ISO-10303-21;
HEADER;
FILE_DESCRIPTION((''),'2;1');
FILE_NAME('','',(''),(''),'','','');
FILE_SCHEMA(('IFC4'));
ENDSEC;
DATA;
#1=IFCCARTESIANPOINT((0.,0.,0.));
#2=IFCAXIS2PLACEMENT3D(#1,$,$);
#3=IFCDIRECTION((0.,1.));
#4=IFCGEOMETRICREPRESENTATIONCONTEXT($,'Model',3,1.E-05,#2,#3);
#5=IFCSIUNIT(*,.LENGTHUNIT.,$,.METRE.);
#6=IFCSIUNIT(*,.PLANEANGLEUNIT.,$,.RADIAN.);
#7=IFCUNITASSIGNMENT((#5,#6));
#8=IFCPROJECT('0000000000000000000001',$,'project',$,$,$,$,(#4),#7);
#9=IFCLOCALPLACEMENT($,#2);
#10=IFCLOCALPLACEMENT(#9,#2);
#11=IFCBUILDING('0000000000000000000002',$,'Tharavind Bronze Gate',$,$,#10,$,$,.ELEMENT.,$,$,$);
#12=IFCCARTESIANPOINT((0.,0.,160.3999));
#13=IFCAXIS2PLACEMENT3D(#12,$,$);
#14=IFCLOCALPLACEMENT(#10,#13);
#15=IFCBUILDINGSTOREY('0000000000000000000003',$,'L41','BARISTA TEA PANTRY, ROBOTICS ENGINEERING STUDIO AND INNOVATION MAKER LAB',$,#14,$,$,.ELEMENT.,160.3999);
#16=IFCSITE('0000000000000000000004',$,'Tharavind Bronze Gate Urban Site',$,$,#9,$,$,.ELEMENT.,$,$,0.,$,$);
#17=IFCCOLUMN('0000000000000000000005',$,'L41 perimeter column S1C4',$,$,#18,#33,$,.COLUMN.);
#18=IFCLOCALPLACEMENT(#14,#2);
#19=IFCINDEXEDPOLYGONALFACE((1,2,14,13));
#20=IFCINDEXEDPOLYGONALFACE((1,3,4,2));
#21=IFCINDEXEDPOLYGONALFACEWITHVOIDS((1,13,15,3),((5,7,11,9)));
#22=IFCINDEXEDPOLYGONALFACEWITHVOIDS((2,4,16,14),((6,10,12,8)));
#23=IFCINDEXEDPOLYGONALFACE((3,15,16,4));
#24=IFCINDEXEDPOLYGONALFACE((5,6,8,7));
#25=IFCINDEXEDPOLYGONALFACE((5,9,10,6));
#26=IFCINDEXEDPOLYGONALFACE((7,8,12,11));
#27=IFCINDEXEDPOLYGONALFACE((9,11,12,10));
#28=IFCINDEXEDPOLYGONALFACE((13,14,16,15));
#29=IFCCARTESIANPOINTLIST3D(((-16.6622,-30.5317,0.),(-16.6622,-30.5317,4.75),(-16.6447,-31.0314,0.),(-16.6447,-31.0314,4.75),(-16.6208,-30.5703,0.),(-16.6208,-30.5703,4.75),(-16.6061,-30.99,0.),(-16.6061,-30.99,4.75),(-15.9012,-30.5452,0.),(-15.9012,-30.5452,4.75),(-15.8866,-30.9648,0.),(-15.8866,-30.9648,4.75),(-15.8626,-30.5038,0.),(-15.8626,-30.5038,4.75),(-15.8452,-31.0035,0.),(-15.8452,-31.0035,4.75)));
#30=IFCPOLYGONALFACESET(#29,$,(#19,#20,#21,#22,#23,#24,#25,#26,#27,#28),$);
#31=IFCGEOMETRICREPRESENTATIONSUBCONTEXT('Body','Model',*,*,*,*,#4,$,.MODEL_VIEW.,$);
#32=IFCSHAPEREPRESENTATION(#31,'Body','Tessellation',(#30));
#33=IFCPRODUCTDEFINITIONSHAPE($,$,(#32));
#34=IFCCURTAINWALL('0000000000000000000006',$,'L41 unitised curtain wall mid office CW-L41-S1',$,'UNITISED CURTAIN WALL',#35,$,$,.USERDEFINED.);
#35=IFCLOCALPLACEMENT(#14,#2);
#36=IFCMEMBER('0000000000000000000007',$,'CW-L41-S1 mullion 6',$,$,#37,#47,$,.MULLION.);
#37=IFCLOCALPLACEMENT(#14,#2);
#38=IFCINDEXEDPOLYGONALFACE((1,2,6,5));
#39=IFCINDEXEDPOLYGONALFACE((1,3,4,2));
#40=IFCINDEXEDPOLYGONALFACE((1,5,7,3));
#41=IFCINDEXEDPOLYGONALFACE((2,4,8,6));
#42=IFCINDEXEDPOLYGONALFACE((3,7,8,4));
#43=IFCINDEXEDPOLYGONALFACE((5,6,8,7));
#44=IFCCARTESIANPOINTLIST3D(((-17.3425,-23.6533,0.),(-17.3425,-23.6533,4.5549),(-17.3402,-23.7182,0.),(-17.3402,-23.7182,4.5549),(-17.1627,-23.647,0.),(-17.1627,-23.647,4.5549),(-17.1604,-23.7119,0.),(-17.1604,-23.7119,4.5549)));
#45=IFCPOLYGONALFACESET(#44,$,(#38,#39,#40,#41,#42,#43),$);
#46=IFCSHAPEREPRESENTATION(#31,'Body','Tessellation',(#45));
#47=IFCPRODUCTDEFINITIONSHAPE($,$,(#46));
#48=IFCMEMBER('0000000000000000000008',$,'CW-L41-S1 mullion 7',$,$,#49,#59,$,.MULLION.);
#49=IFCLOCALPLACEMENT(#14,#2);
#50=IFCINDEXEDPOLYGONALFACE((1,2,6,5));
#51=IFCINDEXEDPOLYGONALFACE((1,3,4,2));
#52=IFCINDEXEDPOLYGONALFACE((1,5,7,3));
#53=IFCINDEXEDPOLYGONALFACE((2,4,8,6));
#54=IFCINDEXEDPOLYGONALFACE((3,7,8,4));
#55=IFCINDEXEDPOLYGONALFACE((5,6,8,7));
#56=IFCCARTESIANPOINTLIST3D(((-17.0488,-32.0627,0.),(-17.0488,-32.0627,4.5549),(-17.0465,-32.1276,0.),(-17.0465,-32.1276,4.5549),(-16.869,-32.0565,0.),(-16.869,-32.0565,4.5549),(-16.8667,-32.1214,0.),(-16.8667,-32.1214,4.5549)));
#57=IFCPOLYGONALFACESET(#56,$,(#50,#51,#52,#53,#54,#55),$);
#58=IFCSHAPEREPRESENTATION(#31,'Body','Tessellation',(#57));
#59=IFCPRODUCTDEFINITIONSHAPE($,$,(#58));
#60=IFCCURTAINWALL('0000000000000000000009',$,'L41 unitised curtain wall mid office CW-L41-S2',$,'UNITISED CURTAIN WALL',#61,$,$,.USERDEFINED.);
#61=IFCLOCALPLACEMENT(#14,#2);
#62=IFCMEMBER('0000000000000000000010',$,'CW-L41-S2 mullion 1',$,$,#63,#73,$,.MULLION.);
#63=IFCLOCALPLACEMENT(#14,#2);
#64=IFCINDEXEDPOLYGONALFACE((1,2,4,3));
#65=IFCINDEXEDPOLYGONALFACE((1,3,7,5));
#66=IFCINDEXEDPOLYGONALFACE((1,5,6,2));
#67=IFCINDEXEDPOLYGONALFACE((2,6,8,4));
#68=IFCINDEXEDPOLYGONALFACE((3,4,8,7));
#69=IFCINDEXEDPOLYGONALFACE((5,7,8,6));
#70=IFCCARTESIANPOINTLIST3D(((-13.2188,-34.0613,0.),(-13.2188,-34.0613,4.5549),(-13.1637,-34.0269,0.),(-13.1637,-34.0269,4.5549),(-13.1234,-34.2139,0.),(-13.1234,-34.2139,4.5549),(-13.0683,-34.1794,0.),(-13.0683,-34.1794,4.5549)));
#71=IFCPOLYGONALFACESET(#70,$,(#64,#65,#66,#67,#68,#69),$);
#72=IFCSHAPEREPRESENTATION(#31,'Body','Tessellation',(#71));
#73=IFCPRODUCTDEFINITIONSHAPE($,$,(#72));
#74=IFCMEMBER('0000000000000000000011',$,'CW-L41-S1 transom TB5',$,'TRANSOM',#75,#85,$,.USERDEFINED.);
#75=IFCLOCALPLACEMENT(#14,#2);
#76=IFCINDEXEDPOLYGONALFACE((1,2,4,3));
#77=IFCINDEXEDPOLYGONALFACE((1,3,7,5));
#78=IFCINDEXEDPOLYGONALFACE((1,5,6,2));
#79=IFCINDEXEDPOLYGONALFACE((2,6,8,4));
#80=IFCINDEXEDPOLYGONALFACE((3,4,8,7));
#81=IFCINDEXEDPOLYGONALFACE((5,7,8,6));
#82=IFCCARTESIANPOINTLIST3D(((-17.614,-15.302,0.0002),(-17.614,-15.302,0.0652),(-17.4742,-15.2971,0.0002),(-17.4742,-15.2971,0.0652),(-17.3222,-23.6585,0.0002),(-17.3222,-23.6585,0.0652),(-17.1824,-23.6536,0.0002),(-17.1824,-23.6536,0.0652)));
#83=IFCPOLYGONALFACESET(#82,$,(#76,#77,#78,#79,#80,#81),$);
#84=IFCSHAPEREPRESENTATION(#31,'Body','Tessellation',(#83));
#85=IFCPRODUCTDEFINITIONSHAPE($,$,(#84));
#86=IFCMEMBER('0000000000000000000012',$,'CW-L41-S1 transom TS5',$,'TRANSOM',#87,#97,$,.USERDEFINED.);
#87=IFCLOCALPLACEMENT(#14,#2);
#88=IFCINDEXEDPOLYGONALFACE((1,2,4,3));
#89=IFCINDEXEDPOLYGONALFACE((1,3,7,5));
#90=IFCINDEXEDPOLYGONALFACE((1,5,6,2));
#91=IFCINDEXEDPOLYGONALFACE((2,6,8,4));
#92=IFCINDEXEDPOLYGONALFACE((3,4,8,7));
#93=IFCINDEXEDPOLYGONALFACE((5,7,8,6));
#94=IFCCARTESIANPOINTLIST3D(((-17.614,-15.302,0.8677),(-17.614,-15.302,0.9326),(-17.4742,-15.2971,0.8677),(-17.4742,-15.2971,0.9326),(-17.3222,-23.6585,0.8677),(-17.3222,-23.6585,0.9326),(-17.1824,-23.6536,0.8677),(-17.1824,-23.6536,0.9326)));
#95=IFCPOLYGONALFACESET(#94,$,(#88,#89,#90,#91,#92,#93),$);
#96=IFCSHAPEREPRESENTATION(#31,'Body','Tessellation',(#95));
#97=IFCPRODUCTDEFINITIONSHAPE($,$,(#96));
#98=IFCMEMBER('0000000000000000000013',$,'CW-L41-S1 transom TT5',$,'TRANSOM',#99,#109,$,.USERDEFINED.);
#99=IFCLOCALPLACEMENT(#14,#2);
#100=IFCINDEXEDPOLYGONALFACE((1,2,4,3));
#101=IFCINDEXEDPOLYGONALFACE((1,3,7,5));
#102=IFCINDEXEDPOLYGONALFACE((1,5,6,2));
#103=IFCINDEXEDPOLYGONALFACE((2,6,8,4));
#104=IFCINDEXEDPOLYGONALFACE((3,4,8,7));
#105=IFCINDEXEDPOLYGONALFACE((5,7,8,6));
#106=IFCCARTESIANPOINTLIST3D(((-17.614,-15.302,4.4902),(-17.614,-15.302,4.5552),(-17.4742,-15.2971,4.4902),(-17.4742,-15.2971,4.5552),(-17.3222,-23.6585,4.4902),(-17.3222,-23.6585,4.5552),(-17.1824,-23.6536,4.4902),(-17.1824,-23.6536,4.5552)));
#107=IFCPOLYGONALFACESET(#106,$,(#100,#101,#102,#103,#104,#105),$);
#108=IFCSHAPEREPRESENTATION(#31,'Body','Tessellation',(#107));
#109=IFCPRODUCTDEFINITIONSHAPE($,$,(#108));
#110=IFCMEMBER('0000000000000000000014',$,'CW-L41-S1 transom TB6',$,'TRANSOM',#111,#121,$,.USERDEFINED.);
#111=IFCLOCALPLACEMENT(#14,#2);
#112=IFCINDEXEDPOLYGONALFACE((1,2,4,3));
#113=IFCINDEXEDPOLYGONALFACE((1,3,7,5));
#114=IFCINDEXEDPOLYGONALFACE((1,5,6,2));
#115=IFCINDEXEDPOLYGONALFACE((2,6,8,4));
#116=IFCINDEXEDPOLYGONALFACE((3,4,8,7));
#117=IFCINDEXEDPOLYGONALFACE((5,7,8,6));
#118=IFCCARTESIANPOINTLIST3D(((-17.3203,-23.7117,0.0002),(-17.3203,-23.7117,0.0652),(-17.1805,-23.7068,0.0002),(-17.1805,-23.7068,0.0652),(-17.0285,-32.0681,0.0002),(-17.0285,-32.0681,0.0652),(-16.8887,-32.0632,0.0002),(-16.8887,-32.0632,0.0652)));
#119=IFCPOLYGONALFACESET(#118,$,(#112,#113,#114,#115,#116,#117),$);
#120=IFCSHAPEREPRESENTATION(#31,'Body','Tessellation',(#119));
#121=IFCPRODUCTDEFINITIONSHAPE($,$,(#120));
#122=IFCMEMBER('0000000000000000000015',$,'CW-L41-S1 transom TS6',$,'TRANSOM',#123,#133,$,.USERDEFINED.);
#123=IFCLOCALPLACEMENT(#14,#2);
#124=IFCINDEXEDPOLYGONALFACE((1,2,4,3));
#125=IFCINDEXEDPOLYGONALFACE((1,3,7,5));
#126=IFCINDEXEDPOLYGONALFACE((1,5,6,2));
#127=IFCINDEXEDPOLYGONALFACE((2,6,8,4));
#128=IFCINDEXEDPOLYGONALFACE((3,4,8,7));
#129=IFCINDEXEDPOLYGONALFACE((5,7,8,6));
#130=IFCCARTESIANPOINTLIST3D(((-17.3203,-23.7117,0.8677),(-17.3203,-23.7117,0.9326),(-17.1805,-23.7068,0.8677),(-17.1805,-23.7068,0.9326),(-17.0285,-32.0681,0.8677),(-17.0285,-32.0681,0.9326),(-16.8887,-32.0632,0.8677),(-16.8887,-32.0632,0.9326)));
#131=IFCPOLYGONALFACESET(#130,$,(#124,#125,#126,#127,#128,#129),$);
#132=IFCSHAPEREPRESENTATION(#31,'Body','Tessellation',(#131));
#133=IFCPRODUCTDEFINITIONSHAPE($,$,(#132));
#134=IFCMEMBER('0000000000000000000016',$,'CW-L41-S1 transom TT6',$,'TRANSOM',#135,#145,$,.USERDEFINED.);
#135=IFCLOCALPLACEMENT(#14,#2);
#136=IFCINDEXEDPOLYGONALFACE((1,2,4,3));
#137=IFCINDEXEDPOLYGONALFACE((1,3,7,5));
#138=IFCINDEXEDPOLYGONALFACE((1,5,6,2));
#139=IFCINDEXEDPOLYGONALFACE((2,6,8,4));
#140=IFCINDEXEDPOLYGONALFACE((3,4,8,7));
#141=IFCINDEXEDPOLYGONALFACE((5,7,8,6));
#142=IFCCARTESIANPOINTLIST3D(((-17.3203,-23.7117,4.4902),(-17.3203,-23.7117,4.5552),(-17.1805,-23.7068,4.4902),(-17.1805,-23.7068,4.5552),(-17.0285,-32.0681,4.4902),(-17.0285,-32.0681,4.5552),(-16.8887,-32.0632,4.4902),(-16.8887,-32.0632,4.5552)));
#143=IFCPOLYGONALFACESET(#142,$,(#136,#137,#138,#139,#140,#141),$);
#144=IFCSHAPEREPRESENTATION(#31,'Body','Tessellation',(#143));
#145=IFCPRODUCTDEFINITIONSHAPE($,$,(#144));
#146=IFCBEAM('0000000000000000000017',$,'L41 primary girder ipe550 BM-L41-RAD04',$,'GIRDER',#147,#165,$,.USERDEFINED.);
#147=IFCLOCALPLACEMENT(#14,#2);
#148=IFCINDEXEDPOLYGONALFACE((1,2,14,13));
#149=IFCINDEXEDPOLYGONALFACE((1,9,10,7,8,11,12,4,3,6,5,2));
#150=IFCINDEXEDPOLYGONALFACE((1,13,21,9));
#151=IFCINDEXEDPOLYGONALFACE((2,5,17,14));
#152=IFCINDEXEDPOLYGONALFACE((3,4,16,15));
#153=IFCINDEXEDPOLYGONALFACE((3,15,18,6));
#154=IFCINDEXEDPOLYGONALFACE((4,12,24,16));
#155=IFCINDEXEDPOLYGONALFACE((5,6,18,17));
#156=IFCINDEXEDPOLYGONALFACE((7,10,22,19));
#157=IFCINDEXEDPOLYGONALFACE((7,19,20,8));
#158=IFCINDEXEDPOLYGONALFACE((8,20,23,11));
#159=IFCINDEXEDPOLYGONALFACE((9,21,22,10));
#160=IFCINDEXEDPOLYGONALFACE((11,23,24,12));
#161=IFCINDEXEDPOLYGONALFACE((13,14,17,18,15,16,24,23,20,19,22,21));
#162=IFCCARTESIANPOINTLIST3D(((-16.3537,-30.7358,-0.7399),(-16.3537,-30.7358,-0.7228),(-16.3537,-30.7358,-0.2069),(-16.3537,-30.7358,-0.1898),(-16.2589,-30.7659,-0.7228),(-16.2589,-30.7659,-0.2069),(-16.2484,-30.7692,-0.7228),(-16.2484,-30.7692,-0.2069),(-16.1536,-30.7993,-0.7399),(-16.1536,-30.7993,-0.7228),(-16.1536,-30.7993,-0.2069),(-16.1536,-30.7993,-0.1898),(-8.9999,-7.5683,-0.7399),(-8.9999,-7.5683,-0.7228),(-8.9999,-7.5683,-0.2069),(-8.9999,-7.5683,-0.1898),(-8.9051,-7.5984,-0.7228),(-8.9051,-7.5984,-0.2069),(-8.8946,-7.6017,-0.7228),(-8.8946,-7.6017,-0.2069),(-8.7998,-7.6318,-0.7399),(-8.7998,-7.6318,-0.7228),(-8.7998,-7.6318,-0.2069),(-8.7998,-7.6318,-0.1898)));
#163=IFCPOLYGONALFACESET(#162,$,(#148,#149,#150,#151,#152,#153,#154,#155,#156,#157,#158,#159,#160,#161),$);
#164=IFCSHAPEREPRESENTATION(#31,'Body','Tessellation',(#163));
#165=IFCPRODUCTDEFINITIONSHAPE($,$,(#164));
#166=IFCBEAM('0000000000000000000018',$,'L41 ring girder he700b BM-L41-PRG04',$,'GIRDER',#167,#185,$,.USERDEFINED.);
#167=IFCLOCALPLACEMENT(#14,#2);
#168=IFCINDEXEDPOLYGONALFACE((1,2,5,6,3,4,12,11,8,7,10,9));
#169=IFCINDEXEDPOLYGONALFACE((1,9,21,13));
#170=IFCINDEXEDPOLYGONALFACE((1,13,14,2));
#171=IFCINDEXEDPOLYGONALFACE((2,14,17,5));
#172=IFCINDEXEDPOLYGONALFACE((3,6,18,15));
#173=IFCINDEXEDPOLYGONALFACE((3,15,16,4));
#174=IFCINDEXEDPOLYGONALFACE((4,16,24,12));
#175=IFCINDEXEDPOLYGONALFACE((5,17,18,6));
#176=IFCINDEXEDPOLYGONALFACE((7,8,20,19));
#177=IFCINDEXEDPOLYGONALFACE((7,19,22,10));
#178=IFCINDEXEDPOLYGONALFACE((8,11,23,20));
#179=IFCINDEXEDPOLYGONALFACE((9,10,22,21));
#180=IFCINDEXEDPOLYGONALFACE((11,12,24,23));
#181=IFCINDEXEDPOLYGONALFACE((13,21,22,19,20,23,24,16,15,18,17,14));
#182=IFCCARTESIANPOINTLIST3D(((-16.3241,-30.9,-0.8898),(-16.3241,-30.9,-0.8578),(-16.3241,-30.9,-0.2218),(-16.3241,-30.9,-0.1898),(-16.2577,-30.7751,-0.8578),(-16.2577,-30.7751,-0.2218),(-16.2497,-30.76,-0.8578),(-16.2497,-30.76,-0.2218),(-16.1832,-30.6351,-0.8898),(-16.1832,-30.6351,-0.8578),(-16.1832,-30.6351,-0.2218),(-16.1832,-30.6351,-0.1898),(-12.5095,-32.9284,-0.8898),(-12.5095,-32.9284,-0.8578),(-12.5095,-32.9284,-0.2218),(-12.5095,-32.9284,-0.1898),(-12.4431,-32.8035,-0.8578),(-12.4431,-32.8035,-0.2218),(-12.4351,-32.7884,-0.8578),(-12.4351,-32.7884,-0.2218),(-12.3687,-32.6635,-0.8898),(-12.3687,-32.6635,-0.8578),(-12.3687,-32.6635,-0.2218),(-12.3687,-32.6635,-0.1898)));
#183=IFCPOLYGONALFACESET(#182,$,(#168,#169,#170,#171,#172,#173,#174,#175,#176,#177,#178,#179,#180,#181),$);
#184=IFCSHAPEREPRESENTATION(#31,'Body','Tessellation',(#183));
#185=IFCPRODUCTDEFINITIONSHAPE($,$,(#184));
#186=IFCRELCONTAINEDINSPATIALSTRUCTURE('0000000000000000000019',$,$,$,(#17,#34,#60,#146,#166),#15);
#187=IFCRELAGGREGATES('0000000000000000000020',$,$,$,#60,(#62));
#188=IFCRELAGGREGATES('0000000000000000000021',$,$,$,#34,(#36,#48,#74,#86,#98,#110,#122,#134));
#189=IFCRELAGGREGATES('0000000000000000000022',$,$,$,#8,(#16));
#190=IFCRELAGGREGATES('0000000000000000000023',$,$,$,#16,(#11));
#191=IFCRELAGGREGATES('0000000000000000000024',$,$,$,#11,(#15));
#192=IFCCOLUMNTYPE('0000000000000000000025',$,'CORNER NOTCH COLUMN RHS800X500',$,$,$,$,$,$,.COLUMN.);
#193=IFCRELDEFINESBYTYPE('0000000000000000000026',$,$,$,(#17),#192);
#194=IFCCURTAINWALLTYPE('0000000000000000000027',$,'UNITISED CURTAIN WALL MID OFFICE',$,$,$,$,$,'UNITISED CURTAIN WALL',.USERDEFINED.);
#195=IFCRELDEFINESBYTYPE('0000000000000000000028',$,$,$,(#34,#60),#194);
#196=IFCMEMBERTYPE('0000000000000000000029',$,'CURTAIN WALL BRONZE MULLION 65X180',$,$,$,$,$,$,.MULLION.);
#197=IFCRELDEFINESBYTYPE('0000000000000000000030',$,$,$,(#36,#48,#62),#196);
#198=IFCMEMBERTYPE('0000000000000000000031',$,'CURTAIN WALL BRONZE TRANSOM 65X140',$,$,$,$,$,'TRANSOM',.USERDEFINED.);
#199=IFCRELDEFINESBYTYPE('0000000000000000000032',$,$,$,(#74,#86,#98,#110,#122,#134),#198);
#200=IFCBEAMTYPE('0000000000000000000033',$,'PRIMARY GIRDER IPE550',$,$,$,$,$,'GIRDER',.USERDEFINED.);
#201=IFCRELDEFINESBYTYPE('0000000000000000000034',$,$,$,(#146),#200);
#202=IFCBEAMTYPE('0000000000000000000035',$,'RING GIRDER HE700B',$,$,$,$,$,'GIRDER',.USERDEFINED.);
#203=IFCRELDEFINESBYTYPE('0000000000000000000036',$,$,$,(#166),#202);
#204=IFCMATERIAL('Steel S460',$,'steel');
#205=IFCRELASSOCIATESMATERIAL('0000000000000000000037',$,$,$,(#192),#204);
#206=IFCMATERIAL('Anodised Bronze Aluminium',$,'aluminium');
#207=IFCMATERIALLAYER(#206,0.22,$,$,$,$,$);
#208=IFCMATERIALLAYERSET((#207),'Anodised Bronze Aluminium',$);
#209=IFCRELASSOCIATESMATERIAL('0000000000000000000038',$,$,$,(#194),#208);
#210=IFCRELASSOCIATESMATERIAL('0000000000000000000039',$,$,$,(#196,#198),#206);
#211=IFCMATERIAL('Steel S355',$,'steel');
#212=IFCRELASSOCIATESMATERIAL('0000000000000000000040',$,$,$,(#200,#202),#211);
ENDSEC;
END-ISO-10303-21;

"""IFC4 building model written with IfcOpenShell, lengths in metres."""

from ifc_helpers import new_model, si_unit, direction, frame, origin, origin_2d, place, context, subcontext, project, spatial, rectangle, hollow_rectangle, i_section, extrude, material, layer, layer_set, material_profile, profile_set, type_object, element, aggregate, save


model = new_model("IFC4")

# Units and contexts
model_context = context("Model", 3, precision=1e-05, world=origin(), true_north=direction((0.0, 1.0)))
body_context = subcontext(model_context, "Body", "Model", "MODEL_VIEW")
ifc_project = project(units=[si_unit("LENGTHUNIT", "METRE"), si_unit("PLANEANGLEUNIT", "RADIAN")], contexts=[model_context])

# Site, building, storey
site_placement = place(None, origin())
site = spatial("IfcSite", under=ifc_project, at=site_placement, Name="Tharavind Bronze Gate Urban Site", CompositionType="ELEMENT", RefElevation=0.0)
building_placement = place(site_placement, origin())
building = spatial("IfcBuilding", under=site, at=building_placement, Name="Tharavind Bronze Gate", CompositionType="ELEMENT")
storey_placement = place(building_placement, frame((0.0, 0.0, 160.3999)))
storey = spatial("IfcBuildingStorey", under=building, at=storey_placement, Name="L41", Description="BARISTA TEA PANTRY, ROBOTICS ENGINEERING STUDIO AND INNOVATION MAKER LAB", CompositionType="ELEMENT", Elevation=160.3999)

# Column
ifc_material_1 = material(Name="Steel S460", Category="steel")
ifc_material_profile_1 = material_profile(ifc_material_1, hollow_rectangle(XDim=0.5, YDim=0.8, WallThickness=0.04, at=origin_2d()), Name="RHS800X500X40")
ifc_profile_set_1 = profile_set([ifc_material_profile_1], Name="Steel S460")
column_type = type_object("IfcColumnType", Name="CORNER NOTCH COLUMN RHS800X500", PredefinedType="COLUMN", material=ifc_profile_set_1)
column_placement = place(storey_placement, frame((-16.2537, -30.7676, 0.0), z_axis=(0.0, 0.0, 1.0), x_axis=(-0.034899, 0.999391, 0.0)))
element("IfcColumn", 1, at=column_placement, inside=storey, type_object=column_type, Name="L41 perimeter column S1C4", PredefinedType="COLUMN", context=body_context, shape_type="SweptSolid", body=[
    extrude(hollow_rectangle(XDim=0.5, YDim=0.8, WallThickness=0.04, at=origin_2d()), origin(), (0.0, 0.0, 1.0), 4.75),
])

# Curtain wall, members
ifc_material_2 = material(Name="Anodised Bronze Aluminium", Category="aluminium")
ifc_layer_1 = layer(ifc_material_2, 0.22)
ifc_layer_set_1 = layer_set([ifc_layer_1], Name="Anodised Bronze Aluminium")
curtain_wall_type = type_object("IfcCurtainWallType", Name="UNITISED CURTAIN WALL MID OFFICE", ElementType="UNITISED CURTAIN WALL", PredefinedType="USERDEFINED", material=ifc_layer_set_1)
curtain_wall_1_placement = place(storey_placement, origin())
curtain_wall_1 = element("IfcCurtainWall", 2, at=curtain_wall_1_placement, inside=storey, type_object=curtain_wall_type, Name="L41 unitised curtain wall mid office CW-L41-S1", ObjectType="UNITISED CURTAIN WALL", PredefinedType="USERDEFINED")
member_type_1 = type_object("IfcMemberType", Name="CURTAIN WALL BRONZE MULLION 65X180", PredefinedType="MULLION", material=ifc_material_2)
member_1_placement = place(storey_placement, frame((-17.2515, -23.6826, 0.0), z_axis=(0.0, 0.0, 1.0), x_axis=(0.034899, -0.999391, 0.0)))
member_1 = element("IfcMember", 3, at=member_1_placement, type_object=member_type_1, Name="CW-L41-S1 mullion 6", PredefinedType="MULLION", context=body_context, shape_type="SweptSolid", body=[
    extrude(rectangle(XDim=0.0649, YDim=0.1799, at=origin_2d()), origin(), (0.0, 0.0, 1.0), 4.5549),
])
member_2_placement = place(storey_placement, frame((-16.9578, -32.092, 0.0), z_axis=(0.0, 0.0, 1.0), x_axis=(0.034899, -0.999391, 0.0)))
member_2 = element("IfcMember", 4, at=member_2_placement, type_object=member_type_1, Name="CW-L41-S1 mullion 7", PredefinedType="MULLION", context=body_context, shape_type="SweptSolid", body=[
    extrude(rectangle(XDim=0.0649, YDim=0.1799, at=origin_2d()), origin(), (0.0, 0.0, 1.0), 4.5549),
])

# Curtain wall, member
curtain_wall_2_placement = place(storey_placement, origin())
curtain_wall_2 = element("IfcCurtainWall", 5, at=curtain_wall_2_placement, inside=storey, type_object=curtain_wall_type, Name="L41 unitised curtain wall mid office CW-L41-S2", ObjectType="UNITISED CURTAIN WALL", PredefinedType="USERDEFINED")
member_3_placement = place(storey_placement, frame((-13.1436, -34.1204, 0.0), z_axis=(0.0, 0.0, 1.0), x_axis=(0.848048, 0.529919, 0.0)))
member_3 = element("IfcMember", 6, at=member_3_placement, type_object=member_type_1, Name="CW-L41-S2 mullion 1", PredefinedType="MULLION", context=body_context, shape_type="SweptSolid", body=[
    extrude(rectangle(XDim=0.0649, YDim=0.1799, at=origin_2d()), origin(), (0.0, 0.0, 1.0), 4.5549),
])
aggregate(curtain_wall_2, [member_3])

# Members
member_type_2 = type_object("IfcMemberType", Name="CURTAIN WALL BRONZE TRANSOM 65X140", ElementType="TRANSOM", PredefinedType="USERDEFINED", material=ifc_material_2)
member_4_placement = place(storey_placement, frame((-17.3982, -19.4778, 0.0002), z_axis=(0.0, 0.0, 1.0), x_axis=(0.034899, -0.999391, 0.0)))
member_4 = element("IfcMember", 7, at=member_4_placement, type_object=member_type_2, Name="CW-L41-S1 transom TB5", ObjectType="TRANSOM", PredefinedType="USERDEFINED", context=body_context, shape_type="SweptSolid", body=[
    extrude(rectangle(XDim=8.3616, YDim=0.1399, at=origin_2d()), origin(), (0.0, 0.0, 1.0), 0.0649),
])
member_5_placement = place(storey_placement, frame((-17.3982, -19.4778, 0.8677), z_axis=(0.0, 0.0, 1.0), x_axis=(0.034899, -0.999391, 0.0)))
member_5 = element("IfcMember", 8, at=member_5_placement, type_object=member_type_2, Name="CW-L41-S1 transom TS5", ObjectType="TRANSOM", PredefinedType="USERDEFINED", context=body_context, shape_type="SweptSolid", body=[
    extrude(rectangle(XDim=8.3616, YDim=0.1399, at=origin_2d()), origin(), (0.0, 0.0, 1.0), 0.0649),
])
member_6_placement = place(storey_placement, frame((-17.3982, -19.4778, 4.4902), z_axis=(0.0, 0.0, 1.0), x_axis=(0.034899, -0.999391, 0.0)))
member_6 = element("IfcMember", 9, at=member_6_placement, type_object=member_type_2, Name="CW-L41-S1 transom TT5", ObjectType="TRANSOM", PredefinedType="USERDEFINED", context=body_context, shape_type="SweptSolid", body=[
    extrude(rectangle(XDim=8.3616, YDim=0.1399, at=origin_2d()), origin(), (0.0, 0.0, 1.0), 0.0649),
])
member_7_placement = place(storey_placement, frame((-17.1045, -27.8875, 0.0002), z_axis=(0.0, 0.0, 1.0), x_axis=(0.034899, -0.999391, 0.0)))
member_7 = element("IfcMember", 10, at=member_7_placement, type_object=member_type_2, Name="CW-L41-S1 transom TB6", ObjectType="TRANSOM", PredefinedType="USERDEFINED", context=body_context, shape_type="SweptSolid", body=[
    extrude(rectangle(XDim=8.3616, YDim=0.1399, at=origin_2d()), origin(), (0.0, 0.0, 1.0), 0.0649),
])
member_8_placement = place(storey_placement, frame((-17.1045, -27.8875, 0.8677), z_axis=(0.0, 0.0, 1.0), x_axis=(0.034899, -0.999391, 0.0)))
member_8 = element("IfcMember", 11, at=member_8_placement, type_object=member_type_2, Name="CW-L41-S1 transom TS6", ObjectType="TRANSOM", PredefinedType="USERDEFINED", context=body_context, shape_type="SweptSolid", body=[
    extrude(rectangle(XDim=8.3616, YDim=0.1399, at=origin_2d()), origin(), (0.0, 0.0, 1.0), 0.0649),
])
member_9_placement = place(storey_placement, frame((-17.1045, -27.8875, 4.4902), z_axis=(0.0, 0.0, 1.0), x_axis=(0.034899, -0.999391, 0.0)))
member_9 = element("IfcMember", 12, at=member_9_placement, type_object=member_type_2, Name="CW-L41-S1 transom TT6", ObjectType="TRANSOM", PredefinedType="USERDEFINED", context=body_context, shape_type="SweptSolid", body=[
    extrude(rectangle(XDim=8.3616, YDim=0.1399, at=origin_2d()), origin(), (0.0, 0.0, 1.0), 0.0649),
])

# Beams
ifc_material_3 = material(Name="Steel S355", Category="steel")
ifc_material_profile_2 = material_profile(ifc_material_3, i_section(OverallWidth=0.21, OverallDepth=0.55, WebThickness=0.011, FlangeThickness=0.0171, at=origin_2d()), Name="IPE550")
ifc_profile_set_2 = profile_set([ifc_material_profile_2], Name="Steel S355")
beam_type_1 = type_object("IfcBeamType", Name="PRIMARY GIRDER IPE550", ElementType="GIRDER", PredefinedType="USERDEFINED", material=ifc_profile_set_2)
beam_1_placement = place(storey_placement, frame((-16.2537, -30.7676, -0.4648), z_axis=(0.302542, 0.953136, 0.0), x_axis=(-0.953136, 0.302542, 0.0)))
element("IfcBeam", 13, at=beam_1_placement, inside=storey, type_object=beam_type_1, Name="L41 primary girder ipe550 BM-L41-RAD04", ObjectType="GIRDER", PredefinedType="USERDEFINED", context=body_context, shape_type="SweptSolid", body=[
    extrude(i_section(OverallWidth=0.21, OverallDepth=0.55, WebThickness=0.011, FlangeThickness=0.0171, at=origin_2d()), origin(), (0.0, 0.0, 1.0), 24.3066),
])
ifc_material_profile_3 = material_profile(ifc_material_3, i_section(OverallWidth=0.3, OverallDepth=0.7, WebThickness=0.0171, FlangeThickness=0.032, at=origin_2d()), Name="HE700B")
ifc_profile_set_3 = profile_set([ifc_material_profile_3], Name="Steel S355")
beam_type_2 = type_object("IfcBeamType", Name="RING GIRDER HE700B", ElementType="GIRDER", PredefinedType="USERDEFINED", material=ifc_profile_set_3)
beam_2_placement = place(storey_placement, frame((-16.2537, -30.7676, -0.5398), z_axis=(0.882934, -0.469497, 0.0), x_axis=(0.469497, 0.882934, 0.0)))
element("IfcBeam", 14, at=beam_2_placement, inside=storey, type_object=beam_type_2, Name="L41 ring girder he700b BM-L41-PRG04", ObjectType="GIRDER", PredefinedType="USERDEFINED", context=body_context, shape_type="SweptSolid", body=[
    extrude(i_section(OverallWidth=0.3, OverallDepth=0.7, WebThickness=0.0171, FlangeThickness=0.032, at=origin_2d()), origin(), (0.0, 0.0, 1.0), 4.3203),
])

aggregate(curtain_wall_1, [member_1, member_2, member_4, member_5, member_6, member_7, member_8, member_9])

save(model, "model.ifc")
